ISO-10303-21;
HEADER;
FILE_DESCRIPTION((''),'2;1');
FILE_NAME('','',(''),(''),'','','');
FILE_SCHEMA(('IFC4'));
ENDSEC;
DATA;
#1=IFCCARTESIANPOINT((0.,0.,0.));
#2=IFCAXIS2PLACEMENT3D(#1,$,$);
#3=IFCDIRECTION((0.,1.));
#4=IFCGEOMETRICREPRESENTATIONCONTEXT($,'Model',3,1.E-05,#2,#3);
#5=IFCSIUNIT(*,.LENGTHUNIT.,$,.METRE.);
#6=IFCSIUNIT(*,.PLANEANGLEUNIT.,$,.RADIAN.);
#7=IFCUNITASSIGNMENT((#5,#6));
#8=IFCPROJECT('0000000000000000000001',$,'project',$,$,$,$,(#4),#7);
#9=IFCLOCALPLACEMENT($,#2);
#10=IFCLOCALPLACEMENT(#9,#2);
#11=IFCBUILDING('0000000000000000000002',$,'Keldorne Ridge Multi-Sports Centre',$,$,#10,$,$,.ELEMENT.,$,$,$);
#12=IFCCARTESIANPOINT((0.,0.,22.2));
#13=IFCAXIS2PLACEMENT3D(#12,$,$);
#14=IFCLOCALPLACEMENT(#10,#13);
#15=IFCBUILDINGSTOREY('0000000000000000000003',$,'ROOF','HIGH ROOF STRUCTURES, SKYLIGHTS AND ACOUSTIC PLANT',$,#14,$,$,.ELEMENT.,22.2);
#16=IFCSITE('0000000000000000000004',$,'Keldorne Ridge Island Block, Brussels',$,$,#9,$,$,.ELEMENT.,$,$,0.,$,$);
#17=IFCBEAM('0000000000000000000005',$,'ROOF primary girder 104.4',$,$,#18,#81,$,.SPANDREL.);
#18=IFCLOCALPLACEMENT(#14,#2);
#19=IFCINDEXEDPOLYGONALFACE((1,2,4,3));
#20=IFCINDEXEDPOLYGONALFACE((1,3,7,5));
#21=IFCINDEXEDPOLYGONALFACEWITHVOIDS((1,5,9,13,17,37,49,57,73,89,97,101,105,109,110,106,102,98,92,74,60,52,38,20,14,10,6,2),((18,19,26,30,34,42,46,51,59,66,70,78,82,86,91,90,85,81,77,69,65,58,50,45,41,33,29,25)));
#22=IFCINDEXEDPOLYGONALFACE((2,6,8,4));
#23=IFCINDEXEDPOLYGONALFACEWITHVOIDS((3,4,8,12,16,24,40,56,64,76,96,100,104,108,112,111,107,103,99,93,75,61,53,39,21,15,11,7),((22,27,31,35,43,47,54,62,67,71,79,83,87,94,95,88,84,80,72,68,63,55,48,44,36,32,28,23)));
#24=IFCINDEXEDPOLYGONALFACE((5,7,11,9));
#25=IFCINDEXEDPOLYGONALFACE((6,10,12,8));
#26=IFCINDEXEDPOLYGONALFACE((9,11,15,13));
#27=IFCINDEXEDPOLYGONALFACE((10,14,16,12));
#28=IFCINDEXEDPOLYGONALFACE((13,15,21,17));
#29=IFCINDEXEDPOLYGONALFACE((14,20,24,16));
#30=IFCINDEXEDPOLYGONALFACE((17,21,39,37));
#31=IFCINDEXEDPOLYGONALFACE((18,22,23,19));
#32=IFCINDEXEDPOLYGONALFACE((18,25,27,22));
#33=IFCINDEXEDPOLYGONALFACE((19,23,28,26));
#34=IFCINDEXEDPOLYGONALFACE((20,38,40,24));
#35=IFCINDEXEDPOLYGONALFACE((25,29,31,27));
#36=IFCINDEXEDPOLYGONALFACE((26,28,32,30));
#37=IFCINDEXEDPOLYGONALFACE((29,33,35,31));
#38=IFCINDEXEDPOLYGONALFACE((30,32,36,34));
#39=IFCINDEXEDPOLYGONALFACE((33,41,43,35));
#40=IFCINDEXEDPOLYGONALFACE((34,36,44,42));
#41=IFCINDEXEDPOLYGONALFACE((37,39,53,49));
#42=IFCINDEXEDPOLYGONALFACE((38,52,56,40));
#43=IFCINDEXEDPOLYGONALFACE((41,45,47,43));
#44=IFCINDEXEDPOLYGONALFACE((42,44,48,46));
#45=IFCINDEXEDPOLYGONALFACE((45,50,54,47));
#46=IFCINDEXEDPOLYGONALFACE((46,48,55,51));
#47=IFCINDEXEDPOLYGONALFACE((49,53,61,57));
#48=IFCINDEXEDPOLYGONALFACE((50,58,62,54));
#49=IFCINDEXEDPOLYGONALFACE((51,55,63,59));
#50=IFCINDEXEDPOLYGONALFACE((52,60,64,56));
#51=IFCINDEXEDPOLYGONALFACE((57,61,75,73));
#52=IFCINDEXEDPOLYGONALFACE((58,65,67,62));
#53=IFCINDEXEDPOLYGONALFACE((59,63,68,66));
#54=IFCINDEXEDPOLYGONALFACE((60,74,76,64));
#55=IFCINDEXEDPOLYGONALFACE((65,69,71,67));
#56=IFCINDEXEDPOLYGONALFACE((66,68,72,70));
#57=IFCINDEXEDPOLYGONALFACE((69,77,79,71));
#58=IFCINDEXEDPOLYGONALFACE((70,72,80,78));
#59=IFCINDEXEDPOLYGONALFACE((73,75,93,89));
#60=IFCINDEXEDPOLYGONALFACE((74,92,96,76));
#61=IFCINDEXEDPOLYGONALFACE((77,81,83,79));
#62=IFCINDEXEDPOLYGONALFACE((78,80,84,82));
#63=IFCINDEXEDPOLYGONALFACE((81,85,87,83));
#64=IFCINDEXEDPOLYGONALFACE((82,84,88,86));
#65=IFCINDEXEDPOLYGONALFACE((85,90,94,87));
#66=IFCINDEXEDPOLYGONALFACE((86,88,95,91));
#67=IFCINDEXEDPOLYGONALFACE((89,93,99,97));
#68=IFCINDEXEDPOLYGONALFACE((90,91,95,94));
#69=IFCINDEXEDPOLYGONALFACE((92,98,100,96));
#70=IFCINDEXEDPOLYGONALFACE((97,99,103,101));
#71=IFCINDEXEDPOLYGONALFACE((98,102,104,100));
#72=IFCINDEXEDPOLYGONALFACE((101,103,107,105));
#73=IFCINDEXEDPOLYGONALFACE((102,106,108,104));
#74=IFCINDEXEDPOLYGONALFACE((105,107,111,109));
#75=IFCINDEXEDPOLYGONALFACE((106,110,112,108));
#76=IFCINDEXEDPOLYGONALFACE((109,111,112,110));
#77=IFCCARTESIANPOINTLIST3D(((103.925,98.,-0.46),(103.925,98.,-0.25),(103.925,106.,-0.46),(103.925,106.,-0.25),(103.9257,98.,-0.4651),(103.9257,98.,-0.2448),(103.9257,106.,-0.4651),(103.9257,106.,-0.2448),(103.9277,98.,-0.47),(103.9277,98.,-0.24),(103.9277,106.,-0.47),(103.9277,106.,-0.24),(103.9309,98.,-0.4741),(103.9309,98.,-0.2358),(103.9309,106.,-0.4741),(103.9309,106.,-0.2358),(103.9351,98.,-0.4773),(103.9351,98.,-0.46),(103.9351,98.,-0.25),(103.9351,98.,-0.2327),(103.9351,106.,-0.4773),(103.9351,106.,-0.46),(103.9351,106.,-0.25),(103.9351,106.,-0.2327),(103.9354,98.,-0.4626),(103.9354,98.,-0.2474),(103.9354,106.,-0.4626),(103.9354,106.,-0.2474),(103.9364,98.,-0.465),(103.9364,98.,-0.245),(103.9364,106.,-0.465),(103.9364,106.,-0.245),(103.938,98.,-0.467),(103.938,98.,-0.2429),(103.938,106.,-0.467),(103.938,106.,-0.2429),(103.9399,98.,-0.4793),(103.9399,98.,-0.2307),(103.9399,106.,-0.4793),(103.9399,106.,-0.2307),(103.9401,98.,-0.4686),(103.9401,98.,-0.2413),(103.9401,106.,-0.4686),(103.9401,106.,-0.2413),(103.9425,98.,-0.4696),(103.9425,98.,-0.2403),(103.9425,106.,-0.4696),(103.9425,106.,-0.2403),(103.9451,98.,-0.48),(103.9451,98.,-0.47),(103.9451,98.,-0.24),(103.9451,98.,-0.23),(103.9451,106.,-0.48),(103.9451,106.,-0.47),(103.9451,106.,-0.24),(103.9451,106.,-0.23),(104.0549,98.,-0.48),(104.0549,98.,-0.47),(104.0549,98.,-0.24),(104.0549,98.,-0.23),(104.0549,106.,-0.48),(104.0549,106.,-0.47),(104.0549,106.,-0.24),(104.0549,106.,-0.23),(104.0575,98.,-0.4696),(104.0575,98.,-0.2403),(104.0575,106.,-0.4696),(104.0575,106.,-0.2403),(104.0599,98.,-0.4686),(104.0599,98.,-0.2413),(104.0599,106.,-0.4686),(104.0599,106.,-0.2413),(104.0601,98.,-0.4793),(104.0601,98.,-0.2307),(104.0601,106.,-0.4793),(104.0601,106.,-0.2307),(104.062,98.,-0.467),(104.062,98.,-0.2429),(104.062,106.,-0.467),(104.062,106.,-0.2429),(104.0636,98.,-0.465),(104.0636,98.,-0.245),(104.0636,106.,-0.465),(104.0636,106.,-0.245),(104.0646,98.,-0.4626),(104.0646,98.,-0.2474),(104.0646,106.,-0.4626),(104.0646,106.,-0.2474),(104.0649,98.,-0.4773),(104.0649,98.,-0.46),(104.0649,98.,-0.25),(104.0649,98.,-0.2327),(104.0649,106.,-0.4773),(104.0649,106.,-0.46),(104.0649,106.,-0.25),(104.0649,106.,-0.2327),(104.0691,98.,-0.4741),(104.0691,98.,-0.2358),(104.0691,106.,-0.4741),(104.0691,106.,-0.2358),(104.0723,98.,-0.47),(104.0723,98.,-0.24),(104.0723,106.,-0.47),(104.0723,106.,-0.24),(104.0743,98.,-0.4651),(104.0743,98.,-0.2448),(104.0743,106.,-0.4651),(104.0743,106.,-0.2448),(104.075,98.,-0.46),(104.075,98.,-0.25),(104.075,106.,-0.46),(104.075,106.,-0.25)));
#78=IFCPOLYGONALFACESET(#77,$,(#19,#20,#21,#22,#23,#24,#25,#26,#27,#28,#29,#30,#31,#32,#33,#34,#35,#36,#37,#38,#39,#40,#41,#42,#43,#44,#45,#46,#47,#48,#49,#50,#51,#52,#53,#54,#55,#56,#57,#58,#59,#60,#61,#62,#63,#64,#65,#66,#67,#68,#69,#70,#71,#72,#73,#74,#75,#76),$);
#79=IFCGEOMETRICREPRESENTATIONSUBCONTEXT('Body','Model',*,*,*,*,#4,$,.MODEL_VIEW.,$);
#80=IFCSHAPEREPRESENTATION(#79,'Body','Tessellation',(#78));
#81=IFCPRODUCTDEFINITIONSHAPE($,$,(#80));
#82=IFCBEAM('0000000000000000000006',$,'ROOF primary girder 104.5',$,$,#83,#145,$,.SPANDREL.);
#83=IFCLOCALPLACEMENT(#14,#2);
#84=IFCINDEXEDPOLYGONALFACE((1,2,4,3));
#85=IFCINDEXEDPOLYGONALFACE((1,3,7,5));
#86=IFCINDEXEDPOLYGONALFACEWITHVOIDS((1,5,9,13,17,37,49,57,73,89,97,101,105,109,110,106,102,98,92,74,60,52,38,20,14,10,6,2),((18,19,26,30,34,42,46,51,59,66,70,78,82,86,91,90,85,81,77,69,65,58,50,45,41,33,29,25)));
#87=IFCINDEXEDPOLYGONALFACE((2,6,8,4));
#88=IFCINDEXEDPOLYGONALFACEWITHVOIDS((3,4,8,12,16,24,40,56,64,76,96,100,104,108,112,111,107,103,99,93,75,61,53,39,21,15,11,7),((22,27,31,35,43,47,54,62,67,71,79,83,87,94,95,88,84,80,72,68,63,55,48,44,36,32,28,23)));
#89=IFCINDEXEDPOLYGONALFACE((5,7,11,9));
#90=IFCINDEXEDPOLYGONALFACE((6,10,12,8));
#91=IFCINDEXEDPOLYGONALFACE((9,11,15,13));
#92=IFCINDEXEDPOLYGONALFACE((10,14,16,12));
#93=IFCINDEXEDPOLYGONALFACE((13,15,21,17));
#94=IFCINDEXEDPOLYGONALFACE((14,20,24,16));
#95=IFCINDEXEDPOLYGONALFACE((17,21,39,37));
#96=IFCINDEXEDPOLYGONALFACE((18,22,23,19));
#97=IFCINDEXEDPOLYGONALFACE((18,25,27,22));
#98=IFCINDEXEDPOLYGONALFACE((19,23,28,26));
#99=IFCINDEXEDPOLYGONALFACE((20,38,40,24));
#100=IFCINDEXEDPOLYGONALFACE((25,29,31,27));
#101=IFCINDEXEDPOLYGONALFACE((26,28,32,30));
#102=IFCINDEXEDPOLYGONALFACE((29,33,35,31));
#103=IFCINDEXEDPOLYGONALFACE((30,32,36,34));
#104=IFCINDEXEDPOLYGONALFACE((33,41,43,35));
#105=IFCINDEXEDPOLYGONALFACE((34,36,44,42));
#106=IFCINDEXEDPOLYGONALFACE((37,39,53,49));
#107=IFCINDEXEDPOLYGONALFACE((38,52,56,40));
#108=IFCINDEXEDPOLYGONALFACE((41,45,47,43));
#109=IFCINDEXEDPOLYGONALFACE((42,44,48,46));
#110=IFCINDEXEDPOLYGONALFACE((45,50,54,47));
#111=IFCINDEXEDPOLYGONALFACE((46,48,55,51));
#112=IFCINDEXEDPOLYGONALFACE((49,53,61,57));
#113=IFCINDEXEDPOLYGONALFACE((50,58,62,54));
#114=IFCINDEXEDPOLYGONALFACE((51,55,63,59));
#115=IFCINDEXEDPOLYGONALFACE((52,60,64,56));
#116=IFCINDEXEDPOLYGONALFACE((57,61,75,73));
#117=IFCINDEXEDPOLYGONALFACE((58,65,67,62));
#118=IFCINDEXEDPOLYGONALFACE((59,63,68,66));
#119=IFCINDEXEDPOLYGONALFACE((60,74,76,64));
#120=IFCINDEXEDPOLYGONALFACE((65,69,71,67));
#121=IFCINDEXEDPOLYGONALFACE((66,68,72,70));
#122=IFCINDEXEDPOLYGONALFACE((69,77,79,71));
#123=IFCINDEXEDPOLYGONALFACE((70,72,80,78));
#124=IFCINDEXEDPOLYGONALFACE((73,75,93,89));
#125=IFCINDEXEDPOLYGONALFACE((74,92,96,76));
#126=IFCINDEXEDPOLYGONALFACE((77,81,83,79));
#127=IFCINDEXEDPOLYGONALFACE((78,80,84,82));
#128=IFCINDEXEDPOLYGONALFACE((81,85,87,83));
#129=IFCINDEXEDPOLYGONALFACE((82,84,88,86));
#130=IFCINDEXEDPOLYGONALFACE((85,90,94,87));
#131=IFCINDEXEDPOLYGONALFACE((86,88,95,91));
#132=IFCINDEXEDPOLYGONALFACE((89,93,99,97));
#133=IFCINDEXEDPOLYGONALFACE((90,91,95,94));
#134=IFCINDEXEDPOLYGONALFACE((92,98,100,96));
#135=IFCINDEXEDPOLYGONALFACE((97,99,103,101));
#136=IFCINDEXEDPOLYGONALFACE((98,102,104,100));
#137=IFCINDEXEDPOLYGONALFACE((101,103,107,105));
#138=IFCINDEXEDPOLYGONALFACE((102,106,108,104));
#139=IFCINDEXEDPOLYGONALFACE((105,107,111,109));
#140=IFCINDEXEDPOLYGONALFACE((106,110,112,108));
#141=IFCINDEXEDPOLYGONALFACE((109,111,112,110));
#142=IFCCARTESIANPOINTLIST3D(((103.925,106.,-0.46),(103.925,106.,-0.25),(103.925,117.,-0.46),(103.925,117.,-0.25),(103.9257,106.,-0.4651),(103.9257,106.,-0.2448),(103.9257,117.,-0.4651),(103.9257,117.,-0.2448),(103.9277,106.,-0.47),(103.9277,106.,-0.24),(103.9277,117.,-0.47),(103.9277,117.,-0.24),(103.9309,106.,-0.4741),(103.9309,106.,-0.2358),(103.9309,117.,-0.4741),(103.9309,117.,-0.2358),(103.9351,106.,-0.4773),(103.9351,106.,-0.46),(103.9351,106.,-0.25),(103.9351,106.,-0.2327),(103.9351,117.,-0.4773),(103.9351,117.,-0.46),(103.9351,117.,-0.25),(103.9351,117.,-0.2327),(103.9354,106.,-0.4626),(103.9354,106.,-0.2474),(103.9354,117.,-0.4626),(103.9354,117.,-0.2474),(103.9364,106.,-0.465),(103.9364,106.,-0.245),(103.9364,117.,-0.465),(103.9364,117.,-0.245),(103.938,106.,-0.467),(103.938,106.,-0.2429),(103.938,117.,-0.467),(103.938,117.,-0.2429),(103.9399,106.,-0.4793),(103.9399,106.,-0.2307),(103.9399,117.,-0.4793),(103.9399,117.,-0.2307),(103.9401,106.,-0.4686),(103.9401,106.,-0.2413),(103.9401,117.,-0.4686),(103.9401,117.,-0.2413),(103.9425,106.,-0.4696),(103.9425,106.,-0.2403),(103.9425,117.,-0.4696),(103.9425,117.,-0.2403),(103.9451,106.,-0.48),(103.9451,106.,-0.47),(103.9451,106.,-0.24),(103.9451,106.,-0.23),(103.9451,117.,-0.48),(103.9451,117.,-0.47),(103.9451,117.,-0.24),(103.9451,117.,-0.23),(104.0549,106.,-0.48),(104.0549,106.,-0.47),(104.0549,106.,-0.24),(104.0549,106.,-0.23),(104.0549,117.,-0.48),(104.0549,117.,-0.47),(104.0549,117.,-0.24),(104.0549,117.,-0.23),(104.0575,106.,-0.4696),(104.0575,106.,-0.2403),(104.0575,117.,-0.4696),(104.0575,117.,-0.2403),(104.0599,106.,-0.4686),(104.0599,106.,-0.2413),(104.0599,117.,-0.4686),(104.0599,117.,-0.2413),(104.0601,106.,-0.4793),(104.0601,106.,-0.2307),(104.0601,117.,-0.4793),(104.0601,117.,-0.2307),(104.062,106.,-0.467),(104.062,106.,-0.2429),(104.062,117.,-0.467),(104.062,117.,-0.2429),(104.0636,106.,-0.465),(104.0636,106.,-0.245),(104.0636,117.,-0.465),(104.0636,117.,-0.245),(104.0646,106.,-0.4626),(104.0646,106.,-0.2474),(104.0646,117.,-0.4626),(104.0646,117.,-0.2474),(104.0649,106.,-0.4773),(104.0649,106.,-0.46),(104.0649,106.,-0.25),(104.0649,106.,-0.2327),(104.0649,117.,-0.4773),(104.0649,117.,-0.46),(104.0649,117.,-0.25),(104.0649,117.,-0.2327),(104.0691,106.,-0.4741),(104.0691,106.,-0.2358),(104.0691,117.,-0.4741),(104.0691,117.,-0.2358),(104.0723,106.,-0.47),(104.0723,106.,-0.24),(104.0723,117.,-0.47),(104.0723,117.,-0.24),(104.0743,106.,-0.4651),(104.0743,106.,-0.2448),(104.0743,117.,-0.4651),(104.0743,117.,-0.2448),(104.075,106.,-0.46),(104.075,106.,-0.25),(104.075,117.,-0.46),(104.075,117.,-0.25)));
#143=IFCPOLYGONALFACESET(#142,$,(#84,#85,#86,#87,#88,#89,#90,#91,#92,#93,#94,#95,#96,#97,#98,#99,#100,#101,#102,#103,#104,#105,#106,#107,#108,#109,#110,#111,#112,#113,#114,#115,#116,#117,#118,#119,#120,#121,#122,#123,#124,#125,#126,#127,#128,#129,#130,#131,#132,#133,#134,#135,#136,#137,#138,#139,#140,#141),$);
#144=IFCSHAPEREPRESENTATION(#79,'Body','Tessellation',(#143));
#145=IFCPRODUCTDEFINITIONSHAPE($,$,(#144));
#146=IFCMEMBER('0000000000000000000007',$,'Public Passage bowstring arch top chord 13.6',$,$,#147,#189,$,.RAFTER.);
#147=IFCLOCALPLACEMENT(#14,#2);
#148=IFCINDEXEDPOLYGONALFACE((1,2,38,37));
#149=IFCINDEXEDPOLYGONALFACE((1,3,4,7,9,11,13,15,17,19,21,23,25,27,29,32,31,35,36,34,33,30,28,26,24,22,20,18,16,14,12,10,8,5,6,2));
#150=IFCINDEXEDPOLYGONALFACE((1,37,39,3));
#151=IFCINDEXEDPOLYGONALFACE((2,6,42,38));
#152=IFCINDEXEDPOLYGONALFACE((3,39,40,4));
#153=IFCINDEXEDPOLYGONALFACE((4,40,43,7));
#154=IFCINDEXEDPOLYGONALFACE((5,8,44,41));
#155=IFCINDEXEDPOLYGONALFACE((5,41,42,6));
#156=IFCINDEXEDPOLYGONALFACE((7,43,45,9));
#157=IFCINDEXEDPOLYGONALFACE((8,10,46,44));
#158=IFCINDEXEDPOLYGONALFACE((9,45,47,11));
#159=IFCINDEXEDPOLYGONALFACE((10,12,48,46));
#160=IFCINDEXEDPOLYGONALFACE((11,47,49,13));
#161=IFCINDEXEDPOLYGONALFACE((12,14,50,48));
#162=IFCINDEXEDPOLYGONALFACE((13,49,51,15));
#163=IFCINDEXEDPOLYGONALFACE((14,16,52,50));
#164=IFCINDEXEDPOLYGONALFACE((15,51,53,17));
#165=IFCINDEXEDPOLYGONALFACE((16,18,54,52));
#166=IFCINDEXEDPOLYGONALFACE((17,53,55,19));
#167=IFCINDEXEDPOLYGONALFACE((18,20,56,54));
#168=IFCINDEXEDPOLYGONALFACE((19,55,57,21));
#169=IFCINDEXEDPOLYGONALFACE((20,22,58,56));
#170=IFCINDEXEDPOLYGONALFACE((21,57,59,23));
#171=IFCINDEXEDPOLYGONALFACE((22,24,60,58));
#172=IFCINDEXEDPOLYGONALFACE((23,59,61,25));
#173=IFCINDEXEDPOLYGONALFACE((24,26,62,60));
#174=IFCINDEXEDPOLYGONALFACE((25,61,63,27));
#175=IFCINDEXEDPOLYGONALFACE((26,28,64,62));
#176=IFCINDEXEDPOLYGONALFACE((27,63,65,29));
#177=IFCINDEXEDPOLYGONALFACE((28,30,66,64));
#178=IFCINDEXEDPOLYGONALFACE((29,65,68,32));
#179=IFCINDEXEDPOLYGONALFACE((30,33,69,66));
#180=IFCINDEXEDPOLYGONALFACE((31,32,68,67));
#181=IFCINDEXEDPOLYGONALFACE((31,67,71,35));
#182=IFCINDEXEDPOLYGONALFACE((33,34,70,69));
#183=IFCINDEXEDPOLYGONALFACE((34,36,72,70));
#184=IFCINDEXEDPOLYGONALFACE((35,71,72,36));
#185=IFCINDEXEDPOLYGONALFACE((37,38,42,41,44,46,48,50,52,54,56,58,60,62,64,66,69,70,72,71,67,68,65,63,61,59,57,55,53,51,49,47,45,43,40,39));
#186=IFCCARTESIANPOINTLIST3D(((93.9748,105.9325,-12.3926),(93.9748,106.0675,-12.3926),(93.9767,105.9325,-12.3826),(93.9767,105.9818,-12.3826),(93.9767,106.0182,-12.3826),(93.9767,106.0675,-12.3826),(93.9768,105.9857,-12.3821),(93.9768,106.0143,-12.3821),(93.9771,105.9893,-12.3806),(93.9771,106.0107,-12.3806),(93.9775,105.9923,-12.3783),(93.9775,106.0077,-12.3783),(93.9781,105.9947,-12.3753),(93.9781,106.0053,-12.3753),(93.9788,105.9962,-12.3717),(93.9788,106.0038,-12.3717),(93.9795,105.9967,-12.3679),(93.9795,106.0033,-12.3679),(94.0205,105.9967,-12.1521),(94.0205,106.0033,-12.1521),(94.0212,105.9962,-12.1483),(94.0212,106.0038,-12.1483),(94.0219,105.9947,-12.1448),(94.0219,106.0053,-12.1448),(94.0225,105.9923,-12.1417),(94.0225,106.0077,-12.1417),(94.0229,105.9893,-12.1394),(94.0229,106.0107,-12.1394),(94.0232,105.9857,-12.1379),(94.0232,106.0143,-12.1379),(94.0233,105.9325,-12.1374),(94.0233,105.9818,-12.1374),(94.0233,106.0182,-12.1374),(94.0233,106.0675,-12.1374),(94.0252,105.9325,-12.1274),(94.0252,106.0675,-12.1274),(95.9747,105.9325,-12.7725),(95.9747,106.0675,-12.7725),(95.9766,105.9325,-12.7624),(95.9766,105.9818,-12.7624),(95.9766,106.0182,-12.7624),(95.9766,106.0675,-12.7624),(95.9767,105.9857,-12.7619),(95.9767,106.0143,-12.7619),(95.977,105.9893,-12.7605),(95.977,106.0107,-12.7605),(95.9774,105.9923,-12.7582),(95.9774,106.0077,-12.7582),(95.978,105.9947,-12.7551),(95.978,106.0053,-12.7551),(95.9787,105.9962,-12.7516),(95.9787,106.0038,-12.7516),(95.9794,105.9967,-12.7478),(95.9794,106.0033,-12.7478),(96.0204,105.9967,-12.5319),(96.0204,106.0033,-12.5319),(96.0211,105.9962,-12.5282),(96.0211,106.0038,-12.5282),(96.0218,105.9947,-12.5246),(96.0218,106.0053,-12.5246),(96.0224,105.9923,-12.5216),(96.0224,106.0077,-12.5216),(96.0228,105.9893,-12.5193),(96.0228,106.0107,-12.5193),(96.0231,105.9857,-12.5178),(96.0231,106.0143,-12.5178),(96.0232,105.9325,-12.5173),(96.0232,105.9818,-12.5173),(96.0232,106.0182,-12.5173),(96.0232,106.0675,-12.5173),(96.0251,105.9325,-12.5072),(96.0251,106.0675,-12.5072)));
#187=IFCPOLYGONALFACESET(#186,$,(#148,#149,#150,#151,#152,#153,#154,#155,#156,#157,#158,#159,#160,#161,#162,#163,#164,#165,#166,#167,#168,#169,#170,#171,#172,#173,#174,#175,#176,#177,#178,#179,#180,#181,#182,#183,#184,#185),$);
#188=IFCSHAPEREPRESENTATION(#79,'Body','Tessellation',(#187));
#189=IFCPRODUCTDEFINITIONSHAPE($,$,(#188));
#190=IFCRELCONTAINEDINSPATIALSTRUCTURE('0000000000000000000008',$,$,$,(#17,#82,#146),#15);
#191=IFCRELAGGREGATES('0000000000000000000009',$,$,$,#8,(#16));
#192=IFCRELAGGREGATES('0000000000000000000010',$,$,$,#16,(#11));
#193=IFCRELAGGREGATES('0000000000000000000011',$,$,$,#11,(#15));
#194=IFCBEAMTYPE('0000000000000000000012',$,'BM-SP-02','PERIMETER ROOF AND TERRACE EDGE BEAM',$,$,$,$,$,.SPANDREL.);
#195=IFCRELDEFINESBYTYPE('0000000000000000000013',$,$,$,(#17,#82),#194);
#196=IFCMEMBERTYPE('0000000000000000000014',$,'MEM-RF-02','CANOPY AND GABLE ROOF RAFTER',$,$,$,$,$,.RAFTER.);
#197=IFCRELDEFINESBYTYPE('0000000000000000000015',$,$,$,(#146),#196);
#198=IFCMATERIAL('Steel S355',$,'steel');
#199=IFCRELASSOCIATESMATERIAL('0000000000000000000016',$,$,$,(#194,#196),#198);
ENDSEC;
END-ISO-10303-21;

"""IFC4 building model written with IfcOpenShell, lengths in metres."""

from ifc_helpers import new_model, si_unit, direction, frame, origin, origin_2d, place, context, subcontext, project, spatial, hollow_rectangle, i_section, extrude, material, material_profile, profile_set, type_object, element, save


model = new_model("IFC4")

# Units and contexts
model_context = context("Model", 3, precision=1e-05, world=origin(), true_north=direction((0.0, 1.0)))
body_context = subcontext(model_context, "Body", "Model", "MODEL_VIEW")
ifc_project = project(units=[si_unit("LENGTHUNIT", "METRE"), si_unit("PLANEANGLEUNIT", "RADIAN")], contexts=[model_context])

# Site, building, storey
site_placement = place(None, origin())
site = spatial("IfcSite", under=ifc_project, at=site_placement, Name="Keldorne Ridge Island Block, Brussels", CompositionType="ELEMENT", RefElevation=0.0)
building_placement = place(site_placement, origin())
building = spatial("IfcBuilding", under=site, at=building_placement, Name="Keldorne Ridge Multi-Sports Centre", CompositionType="ELEMENT")
storey_placement = place(building_placement, frame((0.0, 0.0, 22.2)))
storey = spatial("IfcBuildingStorey", under=building, at=storey_placement, Name="ROOF", Description="HIGH ROOF STRUCTURES, SKYLIGHTS AND ACOUSTIC PLANT", CompositionType="ELEMENT", Elevation=22.2)

# Beams
ifc_material_1 = material(Name="Steel S355", Category="steel")
ifc_material_profile_1 = material_profile(ifc_material_1, hollow_rectangle(XDim=0.1499, YDim=0.25, WallThickness=0.01, InnerFilletRadius=0.01, OuterFilletRadius=0.02, at=origin_2d()), Name="RHS 250x150x10")
ifc_profile_set_1 = profile_set([ifc_material_profile_1], Name="Steel S355")
beam_type_1 = type_object("IfcBeamType", Name="BM-SP-02", Description="PERIMETER ROOF AND TERRACE EDGE BEAM", PredefinedType="SPANDREL", material=ifc_profile_set_1)
beam_1_placement = place(storey_placement, frame((104.0, 98.0, -0.355), z_axis=(0.0, 1.0, 0.0), x_axis=(-1.0, 0.0, 0.0)))
element("IfcBeam", 1, at=beam_1_placement, inside=storey, type_object=beam_type_1, Name="ROOF primary girder 104.4", PredefinedType="SPANDREL", context=body_context, shape_type="SweptSolid", body=[
    extrude(hollow_rectangle(XDim=0.1499, YDim=0.25, WallThickness=0.01, InnerFilletRadius=0.01, OuterFilletRadius=0.02, at=origin_2d()), origin(), (0.0, 0.0, 1.0), 8.0),
])
beam_2_placement = place(storey_placement, frame((104.0, 106.0, -0.355), z_axis=(0.0, 1.0, 0.0), x_axis=(-1.0, 0.0, 0.0)))
element("IfcBeam", 2, at=beam_2_placement, inside=storey, type_object=beam_type_1, Name="ROOF primary girder 104.5", PredefinedType="SPANDREL", context=body_context, shape_type="SweptSolid", body=[
    extrude(hollow_rectangle(XDim=0.1499, YDim=0.25, WallThickness=0.01, InnerFilletRadius=0.01, OuterFilletRadius=0.02, at=origin_2d()), origin(), (0.0, 0.0, 1.0), 11.0),
])

# Member
ifc_material_profile_2 = material_profile(ifc_material_1, i_section(OverallWidth=0.135, OverallDepth=0.27, WebThickness=0.0066, FlangeThickness=0.0103, FilletRadius=0.0149, at=origin_2d()), Name="IPE 270")
ifc_profile_set_2 = profile_set([ifc_material_profile_2], Name="Steel S355")
member_type_1 = type_object("IfcMemberType", Name="MEM-RF-02", Description="CANOPY AND GABLE ROOF RAFTER", PredefinedType="RAFTER", material=ifc_profile_set_2)
for number, where, z_axis, x_axis, name in (
    (3, (94.0, 106.0, -12.26), (0.982435, 0.0, -0.186605), (0.0, 1.0, 0.0), "Public Passage bowstring arch top chord 13.6"),
):
    element("IfcMember", number, at=place(storey_placement, frame(where, z_axis=z_axis, x_axis=x_axis)), inside=storey, type_object=member_type_1, Name=name, PredefinedType="RAFTER", context=body_context, shape_type="SweptSolid", body=[
        extrude(i_section(OverallWidth=0.135, OverallDepth=0.27, WebThickness=0.0066, FlangeThickness=0.0103, FilletRadius=0.0149, at=origin_2d()), origin(), (0.0, 0.0, 1.0), 2.0356),
    ])

save(model, "model.ifc")
